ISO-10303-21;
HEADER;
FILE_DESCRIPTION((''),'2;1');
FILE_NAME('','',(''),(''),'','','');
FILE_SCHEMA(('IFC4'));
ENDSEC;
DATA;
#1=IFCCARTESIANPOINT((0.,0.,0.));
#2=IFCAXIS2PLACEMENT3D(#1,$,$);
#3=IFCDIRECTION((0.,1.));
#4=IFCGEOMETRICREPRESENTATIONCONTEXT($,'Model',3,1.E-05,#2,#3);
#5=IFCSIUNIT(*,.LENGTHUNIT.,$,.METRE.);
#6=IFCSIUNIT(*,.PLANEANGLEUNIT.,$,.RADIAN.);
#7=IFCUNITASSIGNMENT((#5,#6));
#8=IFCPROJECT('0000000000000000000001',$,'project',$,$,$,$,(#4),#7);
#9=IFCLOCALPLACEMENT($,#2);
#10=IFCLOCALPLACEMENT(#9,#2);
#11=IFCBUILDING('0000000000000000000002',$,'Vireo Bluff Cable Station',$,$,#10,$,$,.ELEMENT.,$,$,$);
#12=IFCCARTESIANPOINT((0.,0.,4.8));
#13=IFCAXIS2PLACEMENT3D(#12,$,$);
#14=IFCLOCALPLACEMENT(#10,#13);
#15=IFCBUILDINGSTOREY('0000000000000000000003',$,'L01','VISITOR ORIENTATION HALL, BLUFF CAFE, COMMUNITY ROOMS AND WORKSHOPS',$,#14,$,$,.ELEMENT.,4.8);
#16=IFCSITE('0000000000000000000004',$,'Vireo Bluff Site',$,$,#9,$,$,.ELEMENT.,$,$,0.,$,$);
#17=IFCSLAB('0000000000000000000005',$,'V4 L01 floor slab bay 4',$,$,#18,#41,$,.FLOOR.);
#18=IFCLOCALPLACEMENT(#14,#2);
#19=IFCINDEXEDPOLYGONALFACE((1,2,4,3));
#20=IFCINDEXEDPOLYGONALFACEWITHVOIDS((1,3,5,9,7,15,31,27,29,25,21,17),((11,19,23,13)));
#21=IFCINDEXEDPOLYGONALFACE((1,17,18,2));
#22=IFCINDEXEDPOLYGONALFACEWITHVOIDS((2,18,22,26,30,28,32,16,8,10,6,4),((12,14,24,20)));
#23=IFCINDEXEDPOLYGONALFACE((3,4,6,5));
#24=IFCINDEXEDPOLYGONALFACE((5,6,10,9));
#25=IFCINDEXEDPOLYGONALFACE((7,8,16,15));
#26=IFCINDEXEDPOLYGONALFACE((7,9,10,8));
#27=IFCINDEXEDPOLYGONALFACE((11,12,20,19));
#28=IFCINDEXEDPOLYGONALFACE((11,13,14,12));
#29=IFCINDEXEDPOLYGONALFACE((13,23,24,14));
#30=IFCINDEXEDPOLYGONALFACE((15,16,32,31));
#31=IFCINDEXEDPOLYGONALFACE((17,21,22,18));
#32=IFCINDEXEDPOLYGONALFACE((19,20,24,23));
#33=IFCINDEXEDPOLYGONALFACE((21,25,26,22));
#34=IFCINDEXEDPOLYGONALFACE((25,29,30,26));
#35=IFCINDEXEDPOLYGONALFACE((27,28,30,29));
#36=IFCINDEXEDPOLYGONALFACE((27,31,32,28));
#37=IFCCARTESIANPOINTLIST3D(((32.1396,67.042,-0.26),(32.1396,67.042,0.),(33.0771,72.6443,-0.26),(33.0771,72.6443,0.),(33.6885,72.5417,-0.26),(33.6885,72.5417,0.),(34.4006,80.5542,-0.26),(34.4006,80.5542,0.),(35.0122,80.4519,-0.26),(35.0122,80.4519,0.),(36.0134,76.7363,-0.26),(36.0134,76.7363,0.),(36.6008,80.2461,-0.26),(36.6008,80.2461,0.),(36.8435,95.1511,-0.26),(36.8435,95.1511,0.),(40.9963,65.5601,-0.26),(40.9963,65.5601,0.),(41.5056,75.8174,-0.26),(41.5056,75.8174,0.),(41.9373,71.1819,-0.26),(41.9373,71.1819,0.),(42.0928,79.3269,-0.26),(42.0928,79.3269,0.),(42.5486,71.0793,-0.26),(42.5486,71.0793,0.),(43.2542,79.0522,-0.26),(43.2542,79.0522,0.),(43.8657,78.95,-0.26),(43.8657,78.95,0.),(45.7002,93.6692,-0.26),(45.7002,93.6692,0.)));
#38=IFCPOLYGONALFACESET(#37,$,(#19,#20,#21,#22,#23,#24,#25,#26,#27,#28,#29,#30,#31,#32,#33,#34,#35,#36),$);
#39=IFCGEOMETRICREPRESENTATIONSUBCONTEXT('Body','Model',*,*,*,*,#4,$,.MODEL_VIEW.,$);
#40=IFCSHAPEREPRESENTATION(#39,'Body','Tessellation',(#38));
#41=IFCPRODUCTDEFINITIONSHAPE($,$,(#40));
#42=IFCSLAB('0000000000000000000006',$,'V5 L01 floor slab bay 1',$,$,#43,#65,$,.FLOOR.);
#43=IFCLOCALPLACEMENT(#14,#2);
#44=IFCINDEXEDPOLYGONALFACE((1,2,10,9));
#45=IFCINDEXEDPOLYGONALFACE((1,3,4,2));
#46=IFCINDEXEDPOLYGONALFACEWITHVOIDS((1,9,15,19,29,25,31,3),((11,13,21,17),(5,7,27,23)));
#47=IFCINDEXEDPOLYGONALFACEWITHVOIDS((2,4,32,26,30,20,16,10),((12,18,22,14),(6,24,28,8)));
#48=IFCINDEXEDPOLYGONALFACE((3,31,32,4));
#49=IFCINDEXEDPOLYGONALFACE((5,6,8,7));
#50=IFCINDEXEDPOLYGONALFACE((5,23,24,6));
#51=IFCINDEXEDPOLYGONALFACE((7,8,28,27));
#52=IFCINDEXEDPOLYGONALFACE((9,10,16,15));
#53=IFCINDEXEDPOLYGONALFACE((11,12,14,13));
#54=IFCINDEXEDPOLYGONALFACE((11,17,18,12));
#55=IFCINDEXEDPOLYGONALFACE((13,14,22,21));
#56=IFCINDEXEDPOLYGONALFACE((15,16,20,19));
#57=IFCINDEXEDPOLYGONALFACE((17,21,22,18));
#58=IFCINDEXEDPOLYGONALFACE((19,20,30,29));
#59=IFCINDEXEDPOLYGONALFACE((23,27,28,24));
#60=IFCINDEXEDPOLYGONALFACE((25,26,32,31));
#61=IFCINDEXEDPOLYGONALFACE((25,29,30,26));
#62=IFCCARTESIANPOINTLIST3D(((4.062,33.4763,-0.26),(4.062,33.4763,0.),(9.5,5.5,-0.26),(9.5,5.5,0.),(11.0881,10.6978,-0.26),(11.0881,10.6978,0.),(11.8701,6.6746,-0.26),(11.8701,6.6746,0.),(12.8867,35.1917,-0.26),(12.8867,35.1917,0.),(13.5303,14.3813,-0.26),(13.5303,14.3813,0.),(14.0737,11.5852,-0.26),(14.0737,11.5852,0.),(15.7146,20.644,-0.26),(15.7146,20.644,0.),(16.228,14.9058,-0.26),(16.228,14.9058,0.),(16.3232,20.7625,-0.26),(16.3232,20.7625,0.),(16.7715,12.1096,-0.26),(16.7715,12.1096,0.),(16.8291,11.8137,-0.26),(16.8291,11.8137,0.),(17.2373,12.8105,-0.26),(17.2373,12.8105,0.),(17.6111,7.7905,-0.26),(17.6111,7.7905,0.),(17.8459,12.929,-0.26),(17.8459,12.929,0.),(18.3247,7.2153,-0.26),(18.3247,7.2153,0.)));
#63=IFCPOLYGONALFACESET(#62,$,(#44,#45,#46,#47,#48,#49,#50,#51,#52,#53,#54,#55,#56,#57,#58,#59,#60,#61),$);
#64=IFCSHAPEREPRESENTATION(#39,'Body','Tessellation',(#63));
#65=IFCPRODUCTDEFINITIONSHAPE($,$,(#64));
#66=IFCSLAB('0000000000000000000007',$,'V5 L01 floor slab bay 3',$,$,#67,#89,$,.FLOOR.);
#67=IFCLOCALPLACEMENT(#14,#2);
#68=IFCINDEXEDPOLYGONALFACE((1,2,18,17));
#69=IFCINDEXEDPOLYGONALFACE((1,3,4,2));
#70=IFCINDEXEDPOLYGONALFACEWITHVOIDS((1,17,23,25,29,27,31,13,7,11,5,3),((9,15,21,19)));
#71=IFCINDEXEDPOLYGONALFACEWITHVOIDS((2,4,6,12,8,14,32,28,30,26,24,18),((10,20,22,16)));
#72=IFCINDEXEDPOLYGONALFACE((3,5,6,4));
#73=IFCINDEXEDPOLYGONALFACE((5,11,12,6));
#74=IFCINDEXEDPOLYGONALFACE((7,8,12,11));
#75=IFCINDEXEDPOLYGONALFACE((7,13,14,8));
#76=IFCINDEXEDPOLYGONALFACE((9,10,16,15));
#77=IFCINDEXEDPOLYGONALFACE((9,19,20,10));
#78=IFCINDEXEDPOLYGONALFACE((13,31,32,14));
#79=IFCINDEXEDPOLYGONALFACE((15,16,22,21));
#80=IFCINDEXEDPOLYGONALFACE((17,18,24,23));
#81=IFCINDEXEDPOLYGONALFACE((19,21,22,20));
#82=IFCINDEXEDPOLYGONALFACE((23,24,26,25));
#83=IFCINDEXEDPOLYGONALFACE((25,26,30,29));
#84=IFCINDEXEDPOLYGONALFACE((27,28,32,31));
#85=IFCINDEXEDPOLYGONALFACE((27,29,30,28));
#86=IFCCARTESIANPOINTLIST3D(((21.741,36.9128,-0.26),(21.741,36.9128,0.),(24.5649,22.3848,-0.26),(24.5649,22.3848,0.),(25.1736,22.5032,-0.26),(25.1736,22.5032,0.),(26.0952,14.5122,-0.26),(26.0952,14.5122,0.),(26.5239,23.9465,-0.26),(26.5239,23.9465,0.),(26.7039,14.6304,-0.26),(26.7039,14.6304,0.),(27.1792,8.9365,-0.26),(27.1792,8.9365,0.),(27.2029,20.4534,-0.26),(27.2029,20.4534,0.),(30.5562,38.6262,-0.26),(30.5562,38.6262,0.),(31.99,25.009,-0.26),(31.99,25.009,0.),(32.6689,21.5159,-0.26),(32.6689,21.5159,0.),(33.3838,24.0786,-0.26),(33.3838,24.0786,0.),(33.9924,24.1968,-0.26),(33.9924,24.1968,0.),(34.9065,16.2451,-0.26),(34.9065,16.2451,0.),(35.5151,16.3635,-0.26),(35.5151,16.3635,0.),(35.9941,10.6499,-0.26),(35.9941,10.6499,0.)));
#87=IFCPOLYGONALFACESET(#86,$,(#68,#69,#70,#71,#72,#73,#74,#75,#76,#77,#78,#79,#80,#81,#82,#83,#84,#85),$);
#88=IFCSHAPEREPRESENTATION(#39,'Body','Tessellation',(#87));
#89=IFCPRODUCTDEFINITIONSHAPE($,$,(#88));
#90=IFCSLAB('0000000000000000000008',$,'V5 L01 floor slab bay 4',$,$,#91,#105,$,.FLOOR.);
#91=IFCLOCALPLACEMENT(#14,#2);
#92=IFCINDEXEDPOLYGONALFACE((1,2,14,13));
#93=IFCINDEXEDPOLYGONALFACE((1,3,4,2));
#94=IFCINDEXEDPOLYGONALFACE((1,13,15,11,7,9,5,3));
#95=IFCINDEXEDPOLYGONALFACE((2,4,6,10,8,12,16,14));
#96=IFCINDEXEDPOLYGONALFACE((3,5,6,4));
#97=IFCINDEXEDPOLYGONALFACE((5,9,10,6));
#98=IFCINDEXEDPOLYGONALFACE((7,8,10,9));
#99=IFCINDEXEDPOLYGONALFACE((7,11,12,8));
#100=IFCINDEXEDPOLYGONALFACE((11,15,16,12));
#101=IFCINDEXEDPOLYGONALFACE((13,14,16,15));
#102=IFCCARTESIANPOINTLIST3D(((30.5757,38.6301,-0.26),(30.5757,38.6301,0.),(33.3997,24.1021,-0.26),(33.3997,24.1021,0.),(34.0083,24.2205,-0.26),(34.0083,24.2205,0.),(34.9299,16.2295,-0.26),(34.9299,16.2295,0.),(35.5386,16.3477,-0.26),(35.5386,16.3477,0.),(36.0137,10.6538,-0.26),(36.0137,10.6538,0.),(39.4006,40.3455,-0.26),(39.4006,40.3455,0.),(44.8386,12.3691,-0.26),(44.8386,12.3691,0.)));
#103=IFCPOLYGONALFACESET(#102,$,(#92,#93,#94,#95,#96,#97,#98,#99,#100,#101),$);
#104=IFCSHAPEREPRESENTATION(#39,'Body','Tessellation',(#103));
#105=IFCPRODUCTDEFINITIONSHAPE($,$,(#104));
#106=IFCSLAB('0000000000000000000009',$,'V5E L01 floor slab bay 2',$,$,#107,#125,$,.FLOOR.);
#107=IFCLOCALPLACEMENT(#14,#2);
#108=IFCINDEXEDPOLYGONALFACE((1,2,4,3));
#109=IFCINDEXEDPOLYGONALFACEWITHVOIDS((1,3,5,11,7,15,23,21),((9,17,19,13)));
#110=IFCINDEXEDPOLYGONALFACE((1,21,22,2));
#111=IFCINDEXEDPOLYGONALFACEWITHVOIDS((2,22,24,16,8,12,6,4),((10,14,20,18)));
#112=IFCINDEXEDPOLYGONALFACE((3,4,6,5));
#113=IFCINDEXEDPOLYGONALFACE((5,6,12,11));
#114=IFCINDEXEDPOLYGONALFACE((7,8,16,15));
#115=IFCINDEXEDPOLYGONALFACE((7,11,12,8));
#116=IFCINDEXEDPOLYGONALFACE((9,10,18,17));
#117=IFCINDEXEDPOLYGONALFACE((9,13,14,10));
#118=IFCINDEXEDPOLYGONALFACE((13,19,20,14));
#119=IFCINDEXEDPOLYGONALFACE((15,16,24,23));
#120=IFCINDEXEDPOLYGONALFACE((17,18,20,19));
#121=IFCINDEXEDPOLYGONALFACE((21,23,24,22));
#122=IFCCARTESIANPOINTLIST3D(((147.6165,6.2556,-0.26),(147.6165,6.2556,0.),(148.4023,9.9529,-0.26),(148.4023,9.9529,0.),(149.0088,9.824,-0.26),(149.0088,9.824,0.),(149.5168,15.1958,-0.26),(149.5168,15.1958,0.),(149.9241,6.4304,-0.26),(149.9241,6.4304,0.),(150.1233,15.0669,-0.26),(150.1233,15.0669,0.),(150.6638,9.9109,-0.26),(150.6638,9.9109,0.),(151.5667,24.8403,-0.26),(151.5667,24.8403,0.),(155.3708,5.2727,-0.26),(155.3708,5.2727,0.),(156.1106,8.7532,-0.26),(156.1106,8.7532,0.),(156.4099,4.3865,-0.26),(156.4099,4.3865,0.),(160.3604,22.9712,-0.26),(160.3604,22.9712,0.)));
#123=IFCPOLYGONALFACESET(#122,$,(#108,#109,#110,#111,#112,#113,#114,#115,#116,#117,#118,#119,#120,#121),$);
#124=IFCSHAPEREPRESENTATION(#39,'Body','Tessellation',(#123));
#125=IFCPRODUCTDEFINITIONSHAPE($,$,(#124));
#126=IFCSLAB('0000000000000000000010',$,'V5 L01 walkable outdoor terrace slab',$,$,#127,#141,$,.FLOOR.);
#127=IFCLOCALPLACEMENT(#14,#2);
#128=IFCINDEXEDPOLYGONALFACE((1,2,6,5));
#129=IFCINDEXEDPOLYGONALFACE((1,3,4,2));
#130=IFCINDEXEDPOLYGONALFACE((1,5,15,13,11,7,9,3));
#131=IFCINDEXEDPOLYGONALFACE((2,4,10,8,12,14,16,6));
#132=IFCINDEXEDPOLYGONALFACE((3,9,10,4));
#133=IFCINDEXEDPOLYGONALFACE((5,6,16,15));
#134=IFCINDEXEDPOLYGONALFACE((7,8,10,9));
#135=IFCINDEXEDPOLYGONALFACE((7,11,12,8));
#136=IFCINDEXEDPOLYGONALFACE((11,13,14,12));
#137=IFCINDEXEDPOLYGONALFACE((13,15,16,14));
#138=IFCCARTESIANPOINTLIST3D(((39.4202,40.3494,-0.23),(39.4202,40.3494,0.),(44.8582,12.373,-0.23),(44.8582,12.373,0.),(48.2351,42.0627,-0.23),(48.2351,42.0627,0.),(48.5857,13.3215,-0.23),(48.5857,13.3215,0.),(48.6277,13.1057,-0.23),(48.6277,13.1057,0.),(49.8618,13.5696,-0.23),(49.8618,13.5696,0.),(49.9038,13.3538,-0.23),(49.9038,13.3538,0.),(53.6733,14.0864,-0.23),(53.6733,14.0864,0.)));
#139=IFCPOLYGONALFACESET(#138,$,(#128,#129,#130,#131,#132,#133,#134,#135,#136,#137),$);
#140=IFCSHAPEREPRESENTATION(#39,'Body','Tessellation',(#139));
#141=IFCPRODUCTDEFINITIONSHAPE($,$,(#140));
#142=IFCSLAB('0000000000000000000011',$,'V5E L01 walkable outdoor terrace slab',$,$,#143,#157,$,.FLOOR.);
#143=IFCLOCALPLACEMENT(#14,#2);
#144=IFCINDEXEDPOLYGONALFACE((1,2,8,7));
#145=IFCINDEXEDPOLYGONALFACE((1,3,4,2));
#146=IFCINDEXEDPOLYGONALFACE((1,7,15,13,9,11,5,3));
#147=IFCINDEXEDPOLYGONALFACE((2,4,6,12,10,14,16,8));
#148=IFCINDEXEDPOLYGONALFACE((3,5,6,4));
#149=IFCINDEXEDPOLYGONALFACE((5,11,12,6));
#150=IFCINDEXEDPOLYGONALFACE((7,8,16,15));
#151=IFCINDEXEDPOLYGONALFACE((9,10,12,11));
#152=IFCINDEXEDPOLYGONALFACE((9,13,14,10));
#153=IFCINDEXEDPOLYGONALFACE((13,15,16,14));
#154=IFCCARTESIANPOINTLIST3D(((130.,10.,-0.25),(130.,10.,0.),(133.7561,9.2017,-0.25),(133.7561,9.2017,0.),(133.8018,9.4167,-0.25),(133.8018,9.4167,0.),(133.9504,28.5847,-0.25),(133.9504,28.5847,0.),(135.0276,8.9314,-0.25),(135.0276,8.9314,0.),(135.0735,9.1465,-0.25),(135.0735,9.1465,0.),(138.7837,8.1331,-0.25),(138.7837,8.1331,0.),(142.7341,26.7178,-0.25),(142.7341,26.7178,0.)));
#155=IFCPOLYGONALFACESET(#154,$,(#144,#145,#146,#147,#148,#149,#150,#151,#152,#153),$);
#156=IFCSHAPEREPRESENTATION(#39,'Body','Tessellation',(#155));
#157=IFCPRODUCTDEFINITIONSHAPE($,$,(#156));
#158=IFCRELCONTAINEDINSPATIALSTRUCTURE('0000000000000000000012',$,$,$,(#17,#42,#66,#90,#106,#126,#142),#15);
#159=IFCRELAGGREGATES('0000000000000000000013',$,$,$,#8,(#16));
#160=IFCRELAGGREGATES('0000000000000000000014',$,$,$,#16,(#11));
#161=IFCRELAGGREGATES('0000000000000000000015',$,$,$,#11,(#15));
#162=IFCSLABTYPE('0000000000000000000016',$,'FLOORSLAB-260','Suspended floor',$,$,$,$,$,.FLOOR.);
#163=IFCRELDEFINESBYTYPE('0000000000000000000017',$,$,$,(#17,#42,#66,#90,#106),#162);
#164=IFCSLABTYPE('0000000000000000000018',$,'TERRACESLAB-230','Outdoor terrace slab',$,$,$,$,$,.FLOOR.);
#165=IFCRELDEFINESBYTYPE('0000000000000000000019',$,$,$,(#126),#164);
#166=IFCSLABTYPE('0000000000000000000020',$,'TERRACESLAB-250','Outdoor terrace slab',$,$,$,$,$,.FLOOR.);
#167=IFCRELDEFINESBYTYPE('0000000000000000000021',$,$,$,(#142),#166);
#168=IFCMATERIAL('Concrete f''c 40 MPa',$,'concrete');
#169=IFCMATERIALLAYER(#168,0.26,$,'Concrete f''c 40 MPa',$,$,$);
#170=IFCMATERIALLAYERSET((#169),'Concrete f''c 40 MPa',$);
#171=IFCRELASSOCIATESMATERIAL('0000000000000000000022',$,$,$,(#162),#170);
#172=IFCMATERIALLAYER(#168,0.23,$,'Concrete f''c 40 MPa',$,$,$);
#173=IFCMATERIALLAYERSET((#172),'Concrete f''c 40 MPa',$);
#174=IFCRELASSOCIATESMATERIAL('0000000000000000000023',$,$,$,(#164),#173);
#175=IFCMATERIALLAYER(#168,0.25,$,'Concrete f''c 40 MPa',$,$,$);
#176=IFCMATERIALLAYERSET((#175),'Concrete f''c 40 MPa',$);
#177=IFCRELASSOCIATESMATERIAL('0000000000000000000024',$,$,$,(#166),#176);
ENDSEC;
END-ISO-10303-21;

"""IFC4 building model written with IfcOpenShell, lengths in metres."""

from ifc_helpers import new_model, si_unit, direction, frame, origin, place, context, subcontext, project, spatial, polyline, outline, extrude, material, layer, layer_set, type_object, element, save


model = new_model("IFC4")

# Units and contexts
model_context = context("Model", 3, precision=1e-05, world=origin(), true_north=direction((0.0, 1.0)))
body_context = subcontext(model_context, "Body", "Model", "MODEL_VIEW")
ifc_project = project(units=[si_unit("LENGTHUNIT", "METRE"), si_unit("PLANEANGLEUNIT", "RADIAN")], contexts=[model_context])

# Site, building, storey
site_placement = place(None, origin())
site = spatial("IfcSite", under=ifc_project, at=site_placement, Name="Vireo Bluff Site", CompositionType="ELEMENT", RefElevation=0.0)
building_placement = place(site_placement, origin())
building = spatial("IfcBuilding", under=site, at=building_placement, Name="Vireo Bluff Cable Station", CompositionType="ELEMENT")
storey_placement = place(building_placement, frame((0.0, 0.0, 4.8)))
storey = spatial("IfcBuildingStorey", under=building, at=storey_placement, Name="L01", Description="VISITOR ORIENTATION HALL, BLUFF CAFE, COMMUNITY ROOMS AND WORKSHOPS", CompositionType="ELEMENT", Elevation=4.8)

# Slabs
ifc_material = material(Name="Concrete f'c 40 MPa", Category="concrete")
ifc_layer_1 = layer(ifc_material, 0.26, Name="Concrete f'c 40 MPa")
ifc_layer_set_1 = layer_set([ifc_layer_1], Name="Concrete f'c 40 MPa")
slab_type_1 = type_object("IfcSlabType", Name="FLOORSLAB-260", Description="Suspended floor", PredefinedType="FLOOR", material=ifc_layer_set_1)
slab_1_placement = place(storey_placement, frame((0.0, 0.0, -0.26)))
element("IfcSlab", 1, at=slab_1_placement, inside=storey, type_object=slab_type_1, Name="V4 L01 floor slab bay 4", PredefinedType="FLOOR", context=body_context, shape_type="SweptSolid", body=[
    extrude(outline(polyline([(32.1396, 67.042), (40.9963, 65.5601), (41.9373, 71.1819), (42.5486, 71.0793), (43.8657, 78.95), (43.2542, 79.0522), (45.7002, 93.6692), (36.8435, 95.1511), (34.4006, 80.5542), (35.0122, 80.4519), (33.6885, 72.5417), (33.0771, 72.6443), (32.1396, 67.042)]), holes=[polyline([(36.0134, 76.7363), (36.6008, 80.2461), (42.0928, 79.3269), (41.5056, 75.8174), (36.0134, 76.7363)])]), origin(), (0.0, 0.0, 1.0), 0.26),
])
slab_2_placement = place(storey_placement, frame((0.0, 0.0, -0.26)))
element("IfcSlab", 2, at=slab_2_placement, inside=storey, type_object=slab_type_1, Name="V5 L01 floor slab bay 1", PredefinedType="FLOOR", context=body_context, shape_type="SweptSolid", body=[
    extrude(outline(polyline([(9.5, 5.5), (18.3247, 7.2153), (17.2373, 12.8105), (17.8459, 12.929), (16.3232, 20.7625), (15.7146, 20.644), (12.8867, 35.1917), (4.062, 33.4763), (9.5, 5.5)]), holes=[polyline([(11.8701, 6.6746), (11.0881, 10.6978), (16.8291, 11.8137), (17.6111, 7.7905), (11.8701, 6.6746)]), polyline([(14.0737, 11.5852), (13.5303, 14.3813), (16.228, 14.9058), (16.7715, 12.1096), (14.0737, 11.5852)])]), origin(), (0.0, 0.0, 1.0), 0.26),
])
slab_3_placement = place(storey_placement, frame((0.0, 0.0, -0.26)))
element("IfcSlab", 3, at=slab_3_placement, inside=storey, type_object=slab_type_1, Name="V5 L01 floor slab bay 3", PredefinedType="FLOOR", context=body_context, shape_type="SweptSolid", body=[
    extrude(outline(polyline([(27.1792, 8.9365), (35.9941, 10.6499), (34.9065, 16.2451), (35.5151, 16.3635), (33.9924, 24.1968), (33.3838, 24.0786), (30.5562, 38.6262), (21.741, 36.9128), (24.5649, 22.3848), (25.1736, 22.5032), (26.7039, 14.6304), (26.0952, 14.5122), (27.1792, 8.9365)]), holes=[polyline([(27.2029, 20.4534), (26.5239, 23.9465), (31.99, 25.009), (32.6689, 21.5159), (27.2029, 20.4534)])]), origin(), (0.0, 0.0, 1.0), 0.26),
])
slab_4_placement = place(storey_placement, frame((0.0, 0.0, -0.26)))
element("IfcSlab", 4, at=slab_4_placement, inside=storey, type_object=slab_type_1, Name="V5 L01 floor slab bay 4", PredefinedType="FLOOR", context=body_context, shape_type="SweptSolid", body=[
    extrude(outline(polyline([(36.0137, 10.6538), (44.8386, 12.3691), (39.4006, 40.3455), (30.5757, 38.6301), (33.3997, 24.1021), (34.0083, 24.2205), (35.5386, 16.3477), (34.9299, 16.2295), (36.0137, 10.6538)])), origin(), (0.0, 0.0, 1.0), 0.26),
])
slab_5_placement = place(storey_placement, frame((0.0, 0.0, -0.26)))
element("IfcSlab", 5, at=slab_5_placement, inside=storey, type_object=slab_type_1, Name="V5E L01 floor slab bay 2", PredefinedType="FLOOR", context=body_context, shape_type="SweptSolid", body=[
    extrude(outline(polyline([(147.6165, 6.2556), (156.4099, 4.3865), (160.3604, 22.9712), (151.5667, 24.8403), (149.5168, 15.1958), (150.1233, 15.0669), (149.0088, 9.824), (148.4023, 9.9529), (147.6165, 6.2556)]), holes=[polyline([(149.9241, 6.4304), (150.6638, 9.9109), (156.1106, 8.7532), (155.3708, 5.2727), (149.9241, 6.4304)])]), origin(), (0.0, 0.0, 1.0), 0.26),
])
ifc_layer_2 = layer(ifc_material, 0.23, Name="Concrete f'c 40 MPa")
ifc_layer_set_2 = layer_set([ifc_layer_2], Name="Concrete f'c 40 MPa")
slab_type_2 = type_object("IfcSlabType", Name="TERRACESLAB-230", Description="Outdoor terrace slab", PredefinedType="FLOOR", material=ifc_layer_set_2)
slab_6_placement = place(storey_placement, frame((0.0, 0.0, -0.23)))
element("IfcSlab", 6, at=slab_6_placement, inside=storey, type_object=slab_type_2, Name="V5 L01 walkable outdoor terrace slab", PredefinedType="FLOOR", context=body_context, shape_type="SweptSolid", body=[
    extrude(outline(polyline([(44.8582, 12.373), (48.6277, 13.1057), (48.5857, 13.3215), (49.8618, 13.5696), (49.9038, 13.3538), (53.6733, 14.0864), (48.2351, 42.0627), (39.4202, 40.3494), (44.8582, 12.373)])), origin(), (0.0, 0.0, 1.0), 0.23),
])
ifc_layer_3 = layer(ifc_material, 0.25, Name="Concrete f'c 40 MPa")
ifc_layer_set_3 = layer_set([ifc_layer_3], Name="Concrete f'c 40 MPa")
slab_type_3 = type_object("IfcSlabType", Name="TERRACESLAB-250", Description="Outdoor terrace slab", PredefinedType="FLOOR", material=ifc_layer_set_3)
slab_7_placement = place(storey_placement, frame((0.0, 0.0, -0.25)))
element("IfcSlab", 7, at=slab_7_placement, inside=storey, type_object=slab_type_3, Name="V5E L01 walkable outdoor terrace slab", PredefinedType="FLOOR", context=body_context, shape_type="SweptSolid", body=[
    extrude(outline(polyline([(130.0, 10.0), (133.7561, 9.2017), (133.8018, 9.4167), (135.0735, 9.1465), (135.0276, 8.9314), (138.7837, 8.1331), (142.7341, 26.7178), (133.9504, 28.5847), (130.0, 10.0)])), origin(), (0.0, 0.0, 1.0), 0.25),
])

save(model, "model.ifc")
